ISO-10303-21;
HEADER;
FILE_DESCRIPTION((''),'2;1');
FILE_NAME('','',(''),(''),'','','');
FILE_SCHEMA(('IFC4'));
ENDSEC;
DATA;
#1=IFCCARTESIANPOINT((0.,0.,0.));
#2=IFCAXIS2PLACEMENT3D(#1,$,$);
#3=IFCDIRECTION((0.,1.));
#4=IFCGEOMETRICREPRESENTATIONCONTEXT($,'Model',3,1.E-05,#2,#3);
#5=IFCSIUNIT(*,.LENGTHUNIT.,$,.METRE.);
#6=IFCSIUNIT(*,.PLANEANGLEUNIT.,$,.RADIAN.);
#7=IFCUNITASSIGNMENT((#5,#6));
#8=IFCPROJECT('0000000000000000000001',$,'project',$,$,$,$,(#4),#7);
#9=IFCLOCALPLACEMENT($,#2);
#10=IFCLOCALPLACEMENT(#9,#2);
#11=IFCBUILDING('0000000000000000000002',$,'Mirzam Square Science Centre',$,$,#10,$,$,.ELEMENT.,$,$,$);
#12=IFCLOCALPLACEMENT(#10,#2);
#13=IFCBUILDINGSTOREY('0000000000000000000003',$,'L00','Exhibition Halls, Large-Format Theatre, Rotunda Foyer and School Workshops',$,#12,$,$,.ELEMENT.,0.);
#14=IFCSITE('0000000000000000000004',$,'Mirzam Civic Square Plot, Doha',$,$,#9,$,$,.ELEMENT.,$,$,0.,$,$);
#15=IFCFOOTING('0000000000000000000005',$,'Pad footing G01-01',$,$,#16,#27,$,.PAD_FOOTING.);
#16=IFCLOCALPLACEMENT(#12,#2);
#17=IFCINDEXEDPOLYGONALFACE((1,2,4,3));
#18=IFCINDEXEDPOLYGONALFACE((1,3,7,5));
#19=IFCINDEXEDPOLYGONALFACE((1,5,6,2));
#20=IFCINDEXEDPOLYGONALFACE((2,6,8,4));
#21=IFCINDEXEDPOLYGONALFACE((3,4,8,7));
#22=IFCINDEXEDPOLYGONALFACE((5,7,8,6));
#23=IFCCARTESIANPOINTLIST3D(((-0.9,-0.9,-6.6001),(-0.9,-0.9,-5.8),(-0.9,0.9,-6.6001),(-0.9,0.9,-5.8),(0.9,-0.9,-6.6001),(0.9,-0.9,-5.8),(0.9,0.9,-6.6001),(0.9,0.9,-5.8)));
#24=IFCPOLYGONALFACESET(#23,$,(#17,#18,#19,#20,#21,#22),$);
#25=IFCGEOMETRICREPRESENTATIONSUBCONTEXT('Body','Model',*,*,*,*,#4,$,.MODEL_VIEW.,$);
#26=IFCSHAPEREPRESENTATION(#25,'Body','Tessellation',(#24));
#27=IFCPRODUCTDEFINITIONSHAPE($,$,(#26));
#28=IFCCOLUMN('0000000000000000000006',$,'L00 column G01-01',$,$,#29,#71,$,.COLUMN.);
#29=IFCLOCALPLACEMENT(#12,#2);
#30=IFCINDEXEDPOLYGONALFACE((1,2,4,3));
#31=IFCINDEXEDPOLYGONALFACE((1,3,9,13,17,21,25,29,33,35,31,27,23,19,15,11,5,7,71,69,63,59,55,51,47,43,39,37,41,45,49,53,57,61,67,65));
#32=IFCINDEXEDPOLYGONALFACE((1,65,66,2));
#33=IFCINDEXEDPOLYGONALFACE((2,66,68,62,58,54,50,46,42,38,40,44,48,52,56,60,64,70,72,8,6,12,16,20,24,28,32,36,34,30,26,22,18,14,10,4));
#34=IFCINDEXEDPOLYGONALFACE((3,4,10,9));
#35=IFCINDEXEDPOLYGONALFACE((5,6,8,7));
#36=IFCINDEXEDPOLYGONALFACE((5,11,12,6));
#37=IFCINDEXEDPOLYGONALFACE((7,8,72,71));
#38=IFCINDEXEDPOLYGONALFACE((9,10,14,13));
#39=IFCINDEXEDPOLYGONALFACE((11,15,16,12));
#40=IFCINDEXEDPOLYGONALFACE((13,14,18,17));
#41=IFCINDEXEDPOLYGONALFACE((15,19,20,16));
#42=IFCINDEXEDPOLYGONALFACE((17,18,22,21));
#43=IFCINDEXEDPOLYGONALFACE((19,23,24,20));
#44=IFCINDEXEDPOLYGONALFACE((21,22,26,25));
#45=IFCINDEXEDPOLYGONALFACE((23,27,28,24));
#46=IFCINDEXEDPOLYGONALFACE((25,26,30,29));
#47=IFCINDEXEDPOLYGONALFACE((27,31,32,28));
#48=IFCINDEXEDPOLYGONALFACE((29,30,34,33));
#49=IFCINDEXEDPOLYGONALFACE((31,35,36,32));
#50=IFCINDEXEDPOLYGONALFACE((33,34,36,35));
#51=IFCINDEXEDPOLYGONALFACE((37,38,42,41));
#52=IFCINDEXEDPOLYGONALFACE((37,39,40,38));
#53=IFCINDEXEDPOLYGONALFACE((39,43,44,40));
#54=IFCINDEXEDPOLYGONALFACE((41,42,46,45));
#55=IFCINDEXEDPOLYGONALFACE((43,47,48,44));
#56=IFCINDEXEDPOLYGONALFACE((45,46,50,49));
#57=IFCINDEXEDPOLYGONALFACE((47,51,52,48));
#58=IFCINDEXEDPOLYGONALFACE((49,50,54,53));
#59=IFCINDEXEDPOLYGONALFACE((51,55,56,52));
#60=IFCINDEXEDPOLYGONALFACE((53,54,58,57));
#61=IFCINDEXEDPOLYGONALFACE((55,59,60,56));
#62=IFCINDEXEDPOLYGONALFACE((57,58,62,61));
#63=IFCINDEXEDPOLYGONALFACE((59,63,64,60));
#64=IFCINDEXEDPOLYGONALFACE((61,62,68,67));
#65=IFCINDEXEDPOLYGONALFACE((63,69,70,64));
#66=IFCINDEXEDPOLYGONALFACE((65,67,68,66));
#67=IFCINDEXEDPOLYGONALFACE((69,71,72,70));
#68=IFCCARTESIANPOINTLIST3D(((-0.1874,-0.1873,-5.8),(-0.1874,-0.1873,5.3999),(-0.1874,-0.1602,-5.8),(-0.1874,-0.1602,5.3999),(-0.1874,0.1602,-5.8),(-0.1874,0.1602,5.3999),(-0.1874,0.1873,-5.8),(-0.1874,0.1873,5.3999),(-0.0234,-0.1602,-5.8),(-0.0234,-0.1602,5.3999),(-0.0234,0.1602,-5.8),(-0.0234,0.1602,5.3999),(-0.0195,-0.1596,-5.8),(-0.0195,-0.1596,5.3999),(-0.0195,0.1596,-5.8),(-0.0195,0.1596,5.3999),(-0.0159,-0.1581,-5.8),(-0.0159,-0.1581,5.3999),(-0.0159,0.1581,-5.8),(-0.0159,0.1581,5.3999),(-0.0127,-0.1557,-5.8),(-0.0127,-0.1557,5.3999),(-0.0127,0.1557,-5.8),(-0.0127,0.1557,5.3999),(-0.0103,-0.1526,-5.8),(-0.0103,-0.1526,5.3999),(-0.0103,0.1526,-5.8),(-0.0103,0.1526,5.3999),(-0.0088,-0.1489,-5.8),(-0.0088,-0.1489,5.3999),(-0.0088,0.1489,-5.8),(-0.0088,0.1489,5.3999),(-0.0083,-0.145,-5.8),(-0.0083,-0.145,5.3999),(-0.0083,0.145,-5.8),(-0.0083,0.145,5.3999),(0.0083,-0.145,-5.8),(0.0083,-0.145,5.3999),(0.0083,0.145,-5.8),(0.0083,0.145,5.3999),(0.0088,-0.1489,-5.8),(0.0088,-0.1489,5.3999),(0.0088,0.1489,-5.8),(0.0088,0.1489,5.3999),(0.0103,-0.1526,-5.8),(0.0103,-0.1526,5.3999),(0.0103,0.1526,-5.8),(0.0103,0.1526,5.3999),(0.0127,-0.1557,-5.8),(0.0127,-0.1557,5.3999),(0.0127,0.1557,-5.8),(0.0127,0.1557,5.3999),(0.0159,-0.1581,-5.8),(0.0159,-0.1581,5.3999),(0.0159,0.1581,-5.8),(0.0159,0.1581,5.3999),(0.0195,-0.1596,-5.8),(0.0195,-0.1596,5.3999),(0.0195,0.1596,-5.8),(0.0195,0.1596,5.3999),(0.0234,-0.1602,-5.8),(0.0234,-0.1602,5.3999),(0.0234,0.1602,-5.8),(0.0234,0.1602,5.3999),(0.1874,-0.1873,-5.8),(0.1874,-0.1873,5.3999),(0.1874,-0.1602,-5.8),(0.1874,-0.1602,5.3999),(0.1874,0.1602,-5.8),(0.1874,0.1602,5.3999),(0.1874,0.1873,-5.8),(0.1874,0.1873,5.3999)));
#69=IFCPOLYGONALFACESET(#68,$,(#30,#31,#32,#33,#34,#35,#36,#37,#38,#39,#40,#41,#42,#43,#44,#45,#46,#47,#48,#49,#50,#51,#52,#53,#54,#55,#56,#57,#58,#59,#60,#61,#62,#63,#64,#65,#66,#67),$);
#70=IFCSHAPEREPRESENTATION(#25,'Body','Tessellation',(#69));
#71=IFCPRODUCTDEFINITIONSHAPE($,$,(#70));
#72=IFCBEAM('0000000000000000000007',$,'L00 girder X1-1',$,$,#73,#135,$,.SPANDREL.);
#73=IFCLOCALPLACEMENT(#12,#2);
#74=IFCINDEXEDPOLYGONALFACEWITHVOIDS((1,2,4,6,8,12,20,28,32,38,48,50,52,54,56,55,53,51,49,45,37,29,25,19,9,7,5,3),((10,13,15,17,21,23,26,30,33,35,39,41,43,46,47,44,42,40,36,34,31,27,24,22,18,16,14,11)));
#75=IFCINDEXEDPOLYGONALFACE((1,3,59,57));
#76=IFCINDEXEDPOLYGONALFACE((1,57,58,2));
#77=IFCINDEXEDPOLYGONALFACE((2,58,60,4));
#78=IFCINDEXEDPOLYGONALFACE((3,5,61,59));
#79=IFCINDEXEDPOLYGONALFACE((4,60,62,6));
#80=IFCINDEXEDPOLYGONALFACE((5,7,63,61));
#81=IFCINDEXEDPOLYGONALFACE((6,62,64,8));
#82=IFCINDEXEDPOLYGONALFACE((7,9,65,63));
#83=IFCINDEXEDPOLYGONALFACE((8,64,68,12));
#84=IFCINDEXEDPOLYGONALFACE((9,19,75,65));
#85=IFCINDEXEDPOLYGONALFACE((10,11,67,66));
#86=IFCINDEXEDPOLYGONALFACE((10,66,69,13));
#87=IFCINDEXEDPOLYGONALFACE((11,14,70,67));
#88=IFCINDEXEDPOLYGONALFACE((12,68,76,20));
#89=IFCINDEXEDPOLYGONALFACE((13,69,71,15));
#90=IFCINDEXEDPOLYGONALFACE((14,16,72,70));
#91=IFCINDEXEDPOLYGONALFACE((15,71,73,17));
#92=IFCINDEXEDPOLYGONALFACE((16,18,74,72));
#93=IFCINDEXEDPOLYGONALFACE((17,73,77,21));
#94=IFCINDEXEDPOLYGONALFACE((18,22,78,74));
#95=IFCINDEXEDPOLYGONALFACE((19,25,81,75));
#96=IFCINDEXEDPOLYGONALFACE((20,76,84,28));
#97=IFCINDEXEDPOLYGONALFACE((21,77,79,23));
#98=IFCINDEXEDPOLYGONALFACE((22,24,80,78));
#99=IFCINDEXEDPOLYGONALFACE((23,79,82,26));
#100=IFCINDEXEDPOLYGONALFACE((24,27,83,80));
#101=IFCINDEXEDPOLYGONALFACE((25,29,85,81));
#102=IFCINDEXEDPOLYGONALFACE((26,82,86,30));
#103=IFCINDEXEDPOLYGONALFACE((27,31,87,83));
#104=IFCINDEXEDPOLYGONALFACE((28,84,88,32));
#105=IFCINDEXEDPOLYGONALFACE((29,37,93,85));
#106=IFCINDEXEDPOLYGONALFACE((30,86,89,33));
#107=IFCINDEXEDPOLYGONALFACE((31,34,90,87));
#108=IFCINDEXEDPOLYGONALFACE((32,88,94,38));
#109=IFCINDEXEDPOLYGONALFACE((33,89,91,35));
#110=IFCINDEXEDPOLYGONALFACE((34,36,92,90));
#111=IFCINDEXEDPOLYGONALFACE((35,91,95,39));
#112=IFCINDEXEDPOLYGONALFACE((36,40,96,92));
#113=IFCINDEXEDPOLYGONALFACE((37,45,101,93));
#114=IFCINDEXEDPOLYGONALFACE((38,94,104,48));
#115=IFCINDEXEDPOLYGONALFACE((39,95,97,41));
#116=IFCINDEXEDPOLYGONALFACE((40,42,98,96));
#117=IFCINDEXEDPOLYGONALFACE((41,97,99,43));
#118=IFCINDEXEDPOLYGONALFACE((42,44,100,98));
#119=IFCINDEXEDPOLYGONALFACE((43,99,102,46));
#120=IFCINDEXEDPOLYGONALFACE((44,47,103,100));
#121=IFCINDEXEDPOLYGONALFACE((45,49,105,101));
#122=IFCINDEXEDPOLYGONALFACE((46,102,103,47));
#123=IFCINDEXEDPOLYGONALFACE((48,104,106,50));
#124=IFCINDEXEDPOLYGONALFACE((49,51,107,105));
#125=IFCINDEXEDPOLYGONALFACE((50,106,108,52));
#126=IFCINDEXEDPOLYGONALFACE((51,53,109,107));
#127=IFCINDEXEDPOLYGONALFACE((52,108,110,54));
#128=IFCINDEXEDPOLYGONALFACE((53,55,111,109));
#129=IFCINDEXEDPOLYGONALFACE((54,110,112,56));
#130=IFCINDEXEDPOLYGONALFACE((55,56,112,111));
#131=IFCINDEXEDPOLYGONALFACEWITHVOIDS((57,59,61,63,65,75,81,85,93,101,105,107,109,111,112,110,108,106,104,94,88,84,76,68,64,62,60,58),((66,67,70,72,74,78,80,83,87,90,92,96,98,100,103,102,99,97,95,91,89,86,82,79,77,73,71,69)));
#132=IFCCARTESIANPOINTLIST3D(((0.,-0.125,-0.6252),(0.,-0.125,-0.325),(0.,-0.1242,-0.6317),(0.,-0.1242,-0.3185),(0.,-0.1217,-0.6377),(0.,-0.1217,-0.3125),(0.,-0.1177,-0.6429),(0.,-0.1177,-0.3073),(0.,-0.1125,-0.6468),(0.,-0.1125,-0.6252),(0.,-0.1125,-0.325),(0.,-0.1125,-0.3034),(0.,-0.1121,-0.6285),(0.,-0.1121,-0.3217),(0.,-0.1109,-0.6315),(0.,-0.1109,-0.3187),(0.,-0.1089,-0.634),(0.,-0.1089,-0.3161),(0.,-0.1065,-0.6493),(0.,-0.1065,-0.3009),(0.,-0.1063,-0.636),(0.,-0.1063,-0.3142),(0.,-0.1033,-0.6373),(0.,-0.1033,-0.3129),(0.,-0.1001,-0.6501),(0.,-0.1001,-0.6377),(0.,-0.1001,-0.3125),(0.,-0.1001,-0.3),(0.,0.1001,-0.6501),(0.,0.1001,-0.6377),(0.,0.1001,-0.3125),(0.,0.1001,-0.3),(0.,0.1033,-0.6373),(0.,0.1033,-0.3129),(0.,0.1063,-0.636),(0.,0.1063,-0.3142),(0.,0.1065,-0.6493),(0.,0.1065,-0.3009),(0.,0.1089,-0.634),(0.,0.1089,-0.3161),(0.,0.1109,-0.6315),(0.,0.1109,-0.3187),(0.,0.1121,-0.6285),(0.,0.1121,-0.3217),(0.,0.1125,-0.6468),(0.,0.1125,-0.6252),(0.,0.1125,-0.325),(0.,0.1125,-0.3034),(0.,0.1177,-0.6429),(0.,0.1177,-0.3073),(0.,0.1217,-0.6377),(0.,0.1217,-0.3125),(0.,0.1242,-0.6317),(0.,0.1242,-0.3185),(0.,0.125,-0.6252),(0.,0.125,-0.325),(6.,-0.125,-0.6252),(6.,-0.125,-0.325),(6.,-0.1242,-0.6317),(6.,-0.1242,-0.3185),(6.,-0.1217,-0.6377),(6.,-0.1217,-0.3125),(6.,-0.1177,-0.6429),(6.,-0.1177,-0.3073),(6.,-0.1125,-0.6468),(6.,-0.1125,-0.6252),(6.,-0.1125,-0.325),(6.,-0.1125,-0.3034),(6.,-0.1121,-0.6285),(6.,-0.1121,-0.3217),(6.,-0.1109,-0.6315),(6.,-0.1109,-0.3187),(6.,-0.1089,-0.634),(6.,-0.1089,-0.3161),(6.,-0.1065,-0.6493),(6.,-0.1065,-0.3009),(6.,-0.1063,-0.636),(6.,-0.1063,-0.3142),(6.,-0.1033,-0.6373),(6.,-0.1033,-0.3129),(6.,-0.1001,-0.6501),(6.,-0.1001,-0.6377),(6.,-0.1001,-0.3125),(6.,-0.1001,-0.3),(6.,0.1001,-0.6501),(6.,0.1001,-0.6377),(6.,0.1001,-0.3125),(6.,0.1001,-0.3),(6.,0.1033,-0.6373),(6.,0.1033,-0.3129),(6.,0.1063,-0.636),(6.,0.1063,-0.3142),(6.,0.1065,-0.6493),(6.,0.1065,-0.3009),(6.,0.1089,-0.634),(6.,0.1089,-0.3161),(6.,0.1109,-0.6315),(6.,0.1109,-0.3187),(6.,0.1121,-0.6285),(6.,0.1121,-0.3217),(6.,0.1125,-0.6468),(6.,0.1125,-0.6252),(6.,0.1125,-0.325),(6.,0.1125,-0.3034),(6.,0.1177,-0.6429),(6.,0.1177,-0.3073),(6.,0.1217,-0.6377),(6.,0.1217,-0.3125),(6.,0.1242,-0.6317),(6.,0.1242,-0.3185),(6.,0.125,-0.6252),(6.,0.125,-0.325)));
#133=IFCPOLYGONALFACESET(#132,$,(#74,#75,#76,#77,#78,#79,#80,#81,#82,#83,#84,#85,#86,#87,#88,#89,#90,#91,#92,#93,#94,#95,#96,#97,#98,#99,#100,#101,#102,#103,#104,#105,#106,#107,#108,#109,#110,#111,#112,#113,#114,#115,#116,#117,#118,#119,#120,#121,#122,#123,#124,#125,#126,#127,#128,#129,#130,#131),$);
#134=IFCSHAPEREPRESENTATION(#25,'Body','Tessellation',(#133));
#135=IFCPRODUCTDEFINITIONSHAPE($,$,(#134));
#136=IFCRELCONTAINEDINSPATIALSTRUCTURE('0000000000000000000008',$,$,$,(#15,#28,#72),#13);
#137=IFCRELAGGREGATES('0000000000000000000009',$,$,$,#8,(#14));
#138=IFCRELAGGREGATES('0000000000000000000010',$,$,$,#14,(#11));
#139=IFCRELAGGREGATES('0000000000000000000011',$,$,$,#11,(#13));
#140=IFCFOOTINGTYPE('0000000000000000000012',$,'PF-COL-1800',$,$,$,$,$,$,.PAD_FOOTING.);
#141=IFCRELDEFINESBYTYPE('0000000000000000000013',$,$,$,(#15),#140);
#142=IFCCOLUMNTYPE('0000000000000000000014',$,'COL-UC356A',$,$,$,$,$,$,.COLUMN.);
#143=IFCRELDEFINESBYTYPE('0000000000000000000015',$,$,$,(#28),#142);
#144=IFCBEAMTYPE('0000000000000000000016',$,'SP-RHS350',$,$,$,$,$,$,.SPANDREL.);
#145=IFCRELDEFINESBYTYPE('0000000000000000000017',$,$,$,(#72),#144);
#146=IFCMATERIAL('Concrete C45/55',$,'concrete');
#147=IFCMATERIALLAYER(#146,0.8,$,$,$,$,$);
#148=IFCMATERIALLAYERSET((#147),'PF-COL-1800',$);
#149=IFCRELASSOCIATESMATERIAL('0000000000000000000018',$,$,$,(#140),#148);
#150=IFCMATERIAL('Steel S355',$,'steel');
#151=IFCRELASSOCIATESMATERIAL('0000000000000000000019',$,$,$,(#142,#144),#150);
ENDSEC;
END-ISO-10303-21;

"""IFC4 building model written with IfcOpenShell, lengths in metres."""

from ifc_helpers import new_model, si_unit, direction, frame, origin, origin_2d, place, context, subcontext, project, spatial, rectangle, hollow_rectangle, i_section, extrude, material, layer, layer_set, material_profile, profile_set, type_object, element, save


model = new_model("IFC4")

# Units and contexts
model_context = context("Model", 3, precision=1e-05, world=origin(), true_north=direction((0.0, 1.0)))
body_context = subcontext(model_context, "Body", "Model", "MODEL_VIEW")
ifc_project = project(units=[si_unit("LENGTHUNIT", "METRE"), si_unit("PLANEANGLEUNIT", "RADIAN")], contexts=[model_context])

# Site, building, storey
site_placement = place(None, origin())
site = spatial("IfcSite", under=ifc_project, at=site_placement, Name="Mirzam Civic Square Plot, Doha", CompositionType="ELEMENT", RefElevation=0.0)
building_placement = place(site_placement, origin())
building = spatial("IfcBuilding", under=site, at=building_placement, Name="Mirzam Square Science Centre", CompositionType="ELEMENT")
storey_placement = place(building_placement, origin())
storey = spatial("IfcBuildingStorey", under=building, at=storey_placement, Name="L00", Description="Exhibition Halls, Large-Format Theatre, Rotunda Foyer and School Workshops", CompositionType="ELEMENT", Elevation=0.0)

# Footing
ifc_material_1 = material(Name="Concrete C45/55", Category="concrete")
ifc_layer_1 = layer(ifc_material_1, 0.8)
ifc_layer_set_1 = layer_set([ifc_layer_1], Name="PF-COL-1800")
footing_type = type_object("IfcFootingType", Name="PF-COL-1800", PredefinedType="PAD_FOOTING", material=ifc_layer_set_1)
footing_placement = place(storey_placement, frame((0.0, 0.0, -6.6001), z_axis=(0.0, 0.0, 1.0), x_axis=(1.0, 0.0, 0.0)))
element("IfcFooting", 1, at=footing_placement, inside=storey, type_object=footing_type, Name="Pad footing G01-01", PredefinedType="PAD_FOOTING", context=body_context, shape_type="SweptSolid", body=[
    extrude(rectangle(XDim=1.8, YDim=1.8, at=origin_2d()), origin(), (0.0, 0.0, 1.0), 0.8),
])

# Column
ifc_material_2 = material(Name="Steel S355", Category="steel")
ifc_material_profile_1 = material_profile(ifc_material_2, i_section(OverallWidth=0.3748, OverallDepth=0.3745, WebThickness=0.0166, FlangeThickness=0.0271, FilletRadius=0.0151, at=origin_2d()), Name="356x368x202UC")
ifc_profile_set_1 = profile_set([ifc_material_profile_1], Name="Steel S355")
column_type = type_object("IfcColumnType", Name="COL-UC356A", PredefinedType="COLUMN", material=ifc_profile_set_1)
column_placement = place(storey_placement, frame((0.0, 0.0, -5.8), z_axis=(0.0, 0.0, 1.0), x_axis=(1.0, 0.0, 0.0)))
element("IfcColumn", 2, at=column_placement, inside=storey, type_object=column_type, Name="L00 column G01-01", PredefinedType="COLUMN", context=body_context, shape_type="SweptSolid", body=[
    extrude(i_section(OverallWidth=0.3748, OverallDepth=0.3745, WebThickness=0.0166, FlangeThickness=0.0271, FilletRadius=0.0151, at=origin_2d()), origin(), (0.0, 0.0, 1.0), 11.2),
])

# Beam
ifc_material_profile_2 = material_profile(ifc_material_2, hollow_rectangle(XDim=0.25, YDim=0.3501, WallThickness=0.0125, InnerFilletRadius=0.0125, OuterFilletRadius=0.0249, at=origin_2d()), Name="350x250x12.5RHS")
ifc_profile_set_2 = profile_set([ifc_material_profile_2], Name="Steel S355")
beam_type = type_object("IfcBeamType", Name="SP-RHS350", PredefinedType="SPANDREL", material=ifc_profile_set_2)
beam_1_placement = place(storey_placement, frame((0.0, 0.0, -0.4751), z_axis=(1.0, 0.0, 0.0), x_axis=(0.0, 1.0, 0.0)))
element("IfcBeam", 3, at=beam_1_placement, inside=storey, type_object=beam_type, Name="L00 girder X1-1", PredefinedType="SPANDREL", context=body_context, shape_type="SweptSolid", body=[
    extrude(hollow_rectangle(XDim=0.25, YDim=0.3501, WallThickness=0.0125, InnerFilletRadius=0.0125, OuterFilletRadius=0.0249, at=origin_2d()), origin(), (0.0, 0.0, 1.0), 6.0),
])

save(model, "model.ifc")
